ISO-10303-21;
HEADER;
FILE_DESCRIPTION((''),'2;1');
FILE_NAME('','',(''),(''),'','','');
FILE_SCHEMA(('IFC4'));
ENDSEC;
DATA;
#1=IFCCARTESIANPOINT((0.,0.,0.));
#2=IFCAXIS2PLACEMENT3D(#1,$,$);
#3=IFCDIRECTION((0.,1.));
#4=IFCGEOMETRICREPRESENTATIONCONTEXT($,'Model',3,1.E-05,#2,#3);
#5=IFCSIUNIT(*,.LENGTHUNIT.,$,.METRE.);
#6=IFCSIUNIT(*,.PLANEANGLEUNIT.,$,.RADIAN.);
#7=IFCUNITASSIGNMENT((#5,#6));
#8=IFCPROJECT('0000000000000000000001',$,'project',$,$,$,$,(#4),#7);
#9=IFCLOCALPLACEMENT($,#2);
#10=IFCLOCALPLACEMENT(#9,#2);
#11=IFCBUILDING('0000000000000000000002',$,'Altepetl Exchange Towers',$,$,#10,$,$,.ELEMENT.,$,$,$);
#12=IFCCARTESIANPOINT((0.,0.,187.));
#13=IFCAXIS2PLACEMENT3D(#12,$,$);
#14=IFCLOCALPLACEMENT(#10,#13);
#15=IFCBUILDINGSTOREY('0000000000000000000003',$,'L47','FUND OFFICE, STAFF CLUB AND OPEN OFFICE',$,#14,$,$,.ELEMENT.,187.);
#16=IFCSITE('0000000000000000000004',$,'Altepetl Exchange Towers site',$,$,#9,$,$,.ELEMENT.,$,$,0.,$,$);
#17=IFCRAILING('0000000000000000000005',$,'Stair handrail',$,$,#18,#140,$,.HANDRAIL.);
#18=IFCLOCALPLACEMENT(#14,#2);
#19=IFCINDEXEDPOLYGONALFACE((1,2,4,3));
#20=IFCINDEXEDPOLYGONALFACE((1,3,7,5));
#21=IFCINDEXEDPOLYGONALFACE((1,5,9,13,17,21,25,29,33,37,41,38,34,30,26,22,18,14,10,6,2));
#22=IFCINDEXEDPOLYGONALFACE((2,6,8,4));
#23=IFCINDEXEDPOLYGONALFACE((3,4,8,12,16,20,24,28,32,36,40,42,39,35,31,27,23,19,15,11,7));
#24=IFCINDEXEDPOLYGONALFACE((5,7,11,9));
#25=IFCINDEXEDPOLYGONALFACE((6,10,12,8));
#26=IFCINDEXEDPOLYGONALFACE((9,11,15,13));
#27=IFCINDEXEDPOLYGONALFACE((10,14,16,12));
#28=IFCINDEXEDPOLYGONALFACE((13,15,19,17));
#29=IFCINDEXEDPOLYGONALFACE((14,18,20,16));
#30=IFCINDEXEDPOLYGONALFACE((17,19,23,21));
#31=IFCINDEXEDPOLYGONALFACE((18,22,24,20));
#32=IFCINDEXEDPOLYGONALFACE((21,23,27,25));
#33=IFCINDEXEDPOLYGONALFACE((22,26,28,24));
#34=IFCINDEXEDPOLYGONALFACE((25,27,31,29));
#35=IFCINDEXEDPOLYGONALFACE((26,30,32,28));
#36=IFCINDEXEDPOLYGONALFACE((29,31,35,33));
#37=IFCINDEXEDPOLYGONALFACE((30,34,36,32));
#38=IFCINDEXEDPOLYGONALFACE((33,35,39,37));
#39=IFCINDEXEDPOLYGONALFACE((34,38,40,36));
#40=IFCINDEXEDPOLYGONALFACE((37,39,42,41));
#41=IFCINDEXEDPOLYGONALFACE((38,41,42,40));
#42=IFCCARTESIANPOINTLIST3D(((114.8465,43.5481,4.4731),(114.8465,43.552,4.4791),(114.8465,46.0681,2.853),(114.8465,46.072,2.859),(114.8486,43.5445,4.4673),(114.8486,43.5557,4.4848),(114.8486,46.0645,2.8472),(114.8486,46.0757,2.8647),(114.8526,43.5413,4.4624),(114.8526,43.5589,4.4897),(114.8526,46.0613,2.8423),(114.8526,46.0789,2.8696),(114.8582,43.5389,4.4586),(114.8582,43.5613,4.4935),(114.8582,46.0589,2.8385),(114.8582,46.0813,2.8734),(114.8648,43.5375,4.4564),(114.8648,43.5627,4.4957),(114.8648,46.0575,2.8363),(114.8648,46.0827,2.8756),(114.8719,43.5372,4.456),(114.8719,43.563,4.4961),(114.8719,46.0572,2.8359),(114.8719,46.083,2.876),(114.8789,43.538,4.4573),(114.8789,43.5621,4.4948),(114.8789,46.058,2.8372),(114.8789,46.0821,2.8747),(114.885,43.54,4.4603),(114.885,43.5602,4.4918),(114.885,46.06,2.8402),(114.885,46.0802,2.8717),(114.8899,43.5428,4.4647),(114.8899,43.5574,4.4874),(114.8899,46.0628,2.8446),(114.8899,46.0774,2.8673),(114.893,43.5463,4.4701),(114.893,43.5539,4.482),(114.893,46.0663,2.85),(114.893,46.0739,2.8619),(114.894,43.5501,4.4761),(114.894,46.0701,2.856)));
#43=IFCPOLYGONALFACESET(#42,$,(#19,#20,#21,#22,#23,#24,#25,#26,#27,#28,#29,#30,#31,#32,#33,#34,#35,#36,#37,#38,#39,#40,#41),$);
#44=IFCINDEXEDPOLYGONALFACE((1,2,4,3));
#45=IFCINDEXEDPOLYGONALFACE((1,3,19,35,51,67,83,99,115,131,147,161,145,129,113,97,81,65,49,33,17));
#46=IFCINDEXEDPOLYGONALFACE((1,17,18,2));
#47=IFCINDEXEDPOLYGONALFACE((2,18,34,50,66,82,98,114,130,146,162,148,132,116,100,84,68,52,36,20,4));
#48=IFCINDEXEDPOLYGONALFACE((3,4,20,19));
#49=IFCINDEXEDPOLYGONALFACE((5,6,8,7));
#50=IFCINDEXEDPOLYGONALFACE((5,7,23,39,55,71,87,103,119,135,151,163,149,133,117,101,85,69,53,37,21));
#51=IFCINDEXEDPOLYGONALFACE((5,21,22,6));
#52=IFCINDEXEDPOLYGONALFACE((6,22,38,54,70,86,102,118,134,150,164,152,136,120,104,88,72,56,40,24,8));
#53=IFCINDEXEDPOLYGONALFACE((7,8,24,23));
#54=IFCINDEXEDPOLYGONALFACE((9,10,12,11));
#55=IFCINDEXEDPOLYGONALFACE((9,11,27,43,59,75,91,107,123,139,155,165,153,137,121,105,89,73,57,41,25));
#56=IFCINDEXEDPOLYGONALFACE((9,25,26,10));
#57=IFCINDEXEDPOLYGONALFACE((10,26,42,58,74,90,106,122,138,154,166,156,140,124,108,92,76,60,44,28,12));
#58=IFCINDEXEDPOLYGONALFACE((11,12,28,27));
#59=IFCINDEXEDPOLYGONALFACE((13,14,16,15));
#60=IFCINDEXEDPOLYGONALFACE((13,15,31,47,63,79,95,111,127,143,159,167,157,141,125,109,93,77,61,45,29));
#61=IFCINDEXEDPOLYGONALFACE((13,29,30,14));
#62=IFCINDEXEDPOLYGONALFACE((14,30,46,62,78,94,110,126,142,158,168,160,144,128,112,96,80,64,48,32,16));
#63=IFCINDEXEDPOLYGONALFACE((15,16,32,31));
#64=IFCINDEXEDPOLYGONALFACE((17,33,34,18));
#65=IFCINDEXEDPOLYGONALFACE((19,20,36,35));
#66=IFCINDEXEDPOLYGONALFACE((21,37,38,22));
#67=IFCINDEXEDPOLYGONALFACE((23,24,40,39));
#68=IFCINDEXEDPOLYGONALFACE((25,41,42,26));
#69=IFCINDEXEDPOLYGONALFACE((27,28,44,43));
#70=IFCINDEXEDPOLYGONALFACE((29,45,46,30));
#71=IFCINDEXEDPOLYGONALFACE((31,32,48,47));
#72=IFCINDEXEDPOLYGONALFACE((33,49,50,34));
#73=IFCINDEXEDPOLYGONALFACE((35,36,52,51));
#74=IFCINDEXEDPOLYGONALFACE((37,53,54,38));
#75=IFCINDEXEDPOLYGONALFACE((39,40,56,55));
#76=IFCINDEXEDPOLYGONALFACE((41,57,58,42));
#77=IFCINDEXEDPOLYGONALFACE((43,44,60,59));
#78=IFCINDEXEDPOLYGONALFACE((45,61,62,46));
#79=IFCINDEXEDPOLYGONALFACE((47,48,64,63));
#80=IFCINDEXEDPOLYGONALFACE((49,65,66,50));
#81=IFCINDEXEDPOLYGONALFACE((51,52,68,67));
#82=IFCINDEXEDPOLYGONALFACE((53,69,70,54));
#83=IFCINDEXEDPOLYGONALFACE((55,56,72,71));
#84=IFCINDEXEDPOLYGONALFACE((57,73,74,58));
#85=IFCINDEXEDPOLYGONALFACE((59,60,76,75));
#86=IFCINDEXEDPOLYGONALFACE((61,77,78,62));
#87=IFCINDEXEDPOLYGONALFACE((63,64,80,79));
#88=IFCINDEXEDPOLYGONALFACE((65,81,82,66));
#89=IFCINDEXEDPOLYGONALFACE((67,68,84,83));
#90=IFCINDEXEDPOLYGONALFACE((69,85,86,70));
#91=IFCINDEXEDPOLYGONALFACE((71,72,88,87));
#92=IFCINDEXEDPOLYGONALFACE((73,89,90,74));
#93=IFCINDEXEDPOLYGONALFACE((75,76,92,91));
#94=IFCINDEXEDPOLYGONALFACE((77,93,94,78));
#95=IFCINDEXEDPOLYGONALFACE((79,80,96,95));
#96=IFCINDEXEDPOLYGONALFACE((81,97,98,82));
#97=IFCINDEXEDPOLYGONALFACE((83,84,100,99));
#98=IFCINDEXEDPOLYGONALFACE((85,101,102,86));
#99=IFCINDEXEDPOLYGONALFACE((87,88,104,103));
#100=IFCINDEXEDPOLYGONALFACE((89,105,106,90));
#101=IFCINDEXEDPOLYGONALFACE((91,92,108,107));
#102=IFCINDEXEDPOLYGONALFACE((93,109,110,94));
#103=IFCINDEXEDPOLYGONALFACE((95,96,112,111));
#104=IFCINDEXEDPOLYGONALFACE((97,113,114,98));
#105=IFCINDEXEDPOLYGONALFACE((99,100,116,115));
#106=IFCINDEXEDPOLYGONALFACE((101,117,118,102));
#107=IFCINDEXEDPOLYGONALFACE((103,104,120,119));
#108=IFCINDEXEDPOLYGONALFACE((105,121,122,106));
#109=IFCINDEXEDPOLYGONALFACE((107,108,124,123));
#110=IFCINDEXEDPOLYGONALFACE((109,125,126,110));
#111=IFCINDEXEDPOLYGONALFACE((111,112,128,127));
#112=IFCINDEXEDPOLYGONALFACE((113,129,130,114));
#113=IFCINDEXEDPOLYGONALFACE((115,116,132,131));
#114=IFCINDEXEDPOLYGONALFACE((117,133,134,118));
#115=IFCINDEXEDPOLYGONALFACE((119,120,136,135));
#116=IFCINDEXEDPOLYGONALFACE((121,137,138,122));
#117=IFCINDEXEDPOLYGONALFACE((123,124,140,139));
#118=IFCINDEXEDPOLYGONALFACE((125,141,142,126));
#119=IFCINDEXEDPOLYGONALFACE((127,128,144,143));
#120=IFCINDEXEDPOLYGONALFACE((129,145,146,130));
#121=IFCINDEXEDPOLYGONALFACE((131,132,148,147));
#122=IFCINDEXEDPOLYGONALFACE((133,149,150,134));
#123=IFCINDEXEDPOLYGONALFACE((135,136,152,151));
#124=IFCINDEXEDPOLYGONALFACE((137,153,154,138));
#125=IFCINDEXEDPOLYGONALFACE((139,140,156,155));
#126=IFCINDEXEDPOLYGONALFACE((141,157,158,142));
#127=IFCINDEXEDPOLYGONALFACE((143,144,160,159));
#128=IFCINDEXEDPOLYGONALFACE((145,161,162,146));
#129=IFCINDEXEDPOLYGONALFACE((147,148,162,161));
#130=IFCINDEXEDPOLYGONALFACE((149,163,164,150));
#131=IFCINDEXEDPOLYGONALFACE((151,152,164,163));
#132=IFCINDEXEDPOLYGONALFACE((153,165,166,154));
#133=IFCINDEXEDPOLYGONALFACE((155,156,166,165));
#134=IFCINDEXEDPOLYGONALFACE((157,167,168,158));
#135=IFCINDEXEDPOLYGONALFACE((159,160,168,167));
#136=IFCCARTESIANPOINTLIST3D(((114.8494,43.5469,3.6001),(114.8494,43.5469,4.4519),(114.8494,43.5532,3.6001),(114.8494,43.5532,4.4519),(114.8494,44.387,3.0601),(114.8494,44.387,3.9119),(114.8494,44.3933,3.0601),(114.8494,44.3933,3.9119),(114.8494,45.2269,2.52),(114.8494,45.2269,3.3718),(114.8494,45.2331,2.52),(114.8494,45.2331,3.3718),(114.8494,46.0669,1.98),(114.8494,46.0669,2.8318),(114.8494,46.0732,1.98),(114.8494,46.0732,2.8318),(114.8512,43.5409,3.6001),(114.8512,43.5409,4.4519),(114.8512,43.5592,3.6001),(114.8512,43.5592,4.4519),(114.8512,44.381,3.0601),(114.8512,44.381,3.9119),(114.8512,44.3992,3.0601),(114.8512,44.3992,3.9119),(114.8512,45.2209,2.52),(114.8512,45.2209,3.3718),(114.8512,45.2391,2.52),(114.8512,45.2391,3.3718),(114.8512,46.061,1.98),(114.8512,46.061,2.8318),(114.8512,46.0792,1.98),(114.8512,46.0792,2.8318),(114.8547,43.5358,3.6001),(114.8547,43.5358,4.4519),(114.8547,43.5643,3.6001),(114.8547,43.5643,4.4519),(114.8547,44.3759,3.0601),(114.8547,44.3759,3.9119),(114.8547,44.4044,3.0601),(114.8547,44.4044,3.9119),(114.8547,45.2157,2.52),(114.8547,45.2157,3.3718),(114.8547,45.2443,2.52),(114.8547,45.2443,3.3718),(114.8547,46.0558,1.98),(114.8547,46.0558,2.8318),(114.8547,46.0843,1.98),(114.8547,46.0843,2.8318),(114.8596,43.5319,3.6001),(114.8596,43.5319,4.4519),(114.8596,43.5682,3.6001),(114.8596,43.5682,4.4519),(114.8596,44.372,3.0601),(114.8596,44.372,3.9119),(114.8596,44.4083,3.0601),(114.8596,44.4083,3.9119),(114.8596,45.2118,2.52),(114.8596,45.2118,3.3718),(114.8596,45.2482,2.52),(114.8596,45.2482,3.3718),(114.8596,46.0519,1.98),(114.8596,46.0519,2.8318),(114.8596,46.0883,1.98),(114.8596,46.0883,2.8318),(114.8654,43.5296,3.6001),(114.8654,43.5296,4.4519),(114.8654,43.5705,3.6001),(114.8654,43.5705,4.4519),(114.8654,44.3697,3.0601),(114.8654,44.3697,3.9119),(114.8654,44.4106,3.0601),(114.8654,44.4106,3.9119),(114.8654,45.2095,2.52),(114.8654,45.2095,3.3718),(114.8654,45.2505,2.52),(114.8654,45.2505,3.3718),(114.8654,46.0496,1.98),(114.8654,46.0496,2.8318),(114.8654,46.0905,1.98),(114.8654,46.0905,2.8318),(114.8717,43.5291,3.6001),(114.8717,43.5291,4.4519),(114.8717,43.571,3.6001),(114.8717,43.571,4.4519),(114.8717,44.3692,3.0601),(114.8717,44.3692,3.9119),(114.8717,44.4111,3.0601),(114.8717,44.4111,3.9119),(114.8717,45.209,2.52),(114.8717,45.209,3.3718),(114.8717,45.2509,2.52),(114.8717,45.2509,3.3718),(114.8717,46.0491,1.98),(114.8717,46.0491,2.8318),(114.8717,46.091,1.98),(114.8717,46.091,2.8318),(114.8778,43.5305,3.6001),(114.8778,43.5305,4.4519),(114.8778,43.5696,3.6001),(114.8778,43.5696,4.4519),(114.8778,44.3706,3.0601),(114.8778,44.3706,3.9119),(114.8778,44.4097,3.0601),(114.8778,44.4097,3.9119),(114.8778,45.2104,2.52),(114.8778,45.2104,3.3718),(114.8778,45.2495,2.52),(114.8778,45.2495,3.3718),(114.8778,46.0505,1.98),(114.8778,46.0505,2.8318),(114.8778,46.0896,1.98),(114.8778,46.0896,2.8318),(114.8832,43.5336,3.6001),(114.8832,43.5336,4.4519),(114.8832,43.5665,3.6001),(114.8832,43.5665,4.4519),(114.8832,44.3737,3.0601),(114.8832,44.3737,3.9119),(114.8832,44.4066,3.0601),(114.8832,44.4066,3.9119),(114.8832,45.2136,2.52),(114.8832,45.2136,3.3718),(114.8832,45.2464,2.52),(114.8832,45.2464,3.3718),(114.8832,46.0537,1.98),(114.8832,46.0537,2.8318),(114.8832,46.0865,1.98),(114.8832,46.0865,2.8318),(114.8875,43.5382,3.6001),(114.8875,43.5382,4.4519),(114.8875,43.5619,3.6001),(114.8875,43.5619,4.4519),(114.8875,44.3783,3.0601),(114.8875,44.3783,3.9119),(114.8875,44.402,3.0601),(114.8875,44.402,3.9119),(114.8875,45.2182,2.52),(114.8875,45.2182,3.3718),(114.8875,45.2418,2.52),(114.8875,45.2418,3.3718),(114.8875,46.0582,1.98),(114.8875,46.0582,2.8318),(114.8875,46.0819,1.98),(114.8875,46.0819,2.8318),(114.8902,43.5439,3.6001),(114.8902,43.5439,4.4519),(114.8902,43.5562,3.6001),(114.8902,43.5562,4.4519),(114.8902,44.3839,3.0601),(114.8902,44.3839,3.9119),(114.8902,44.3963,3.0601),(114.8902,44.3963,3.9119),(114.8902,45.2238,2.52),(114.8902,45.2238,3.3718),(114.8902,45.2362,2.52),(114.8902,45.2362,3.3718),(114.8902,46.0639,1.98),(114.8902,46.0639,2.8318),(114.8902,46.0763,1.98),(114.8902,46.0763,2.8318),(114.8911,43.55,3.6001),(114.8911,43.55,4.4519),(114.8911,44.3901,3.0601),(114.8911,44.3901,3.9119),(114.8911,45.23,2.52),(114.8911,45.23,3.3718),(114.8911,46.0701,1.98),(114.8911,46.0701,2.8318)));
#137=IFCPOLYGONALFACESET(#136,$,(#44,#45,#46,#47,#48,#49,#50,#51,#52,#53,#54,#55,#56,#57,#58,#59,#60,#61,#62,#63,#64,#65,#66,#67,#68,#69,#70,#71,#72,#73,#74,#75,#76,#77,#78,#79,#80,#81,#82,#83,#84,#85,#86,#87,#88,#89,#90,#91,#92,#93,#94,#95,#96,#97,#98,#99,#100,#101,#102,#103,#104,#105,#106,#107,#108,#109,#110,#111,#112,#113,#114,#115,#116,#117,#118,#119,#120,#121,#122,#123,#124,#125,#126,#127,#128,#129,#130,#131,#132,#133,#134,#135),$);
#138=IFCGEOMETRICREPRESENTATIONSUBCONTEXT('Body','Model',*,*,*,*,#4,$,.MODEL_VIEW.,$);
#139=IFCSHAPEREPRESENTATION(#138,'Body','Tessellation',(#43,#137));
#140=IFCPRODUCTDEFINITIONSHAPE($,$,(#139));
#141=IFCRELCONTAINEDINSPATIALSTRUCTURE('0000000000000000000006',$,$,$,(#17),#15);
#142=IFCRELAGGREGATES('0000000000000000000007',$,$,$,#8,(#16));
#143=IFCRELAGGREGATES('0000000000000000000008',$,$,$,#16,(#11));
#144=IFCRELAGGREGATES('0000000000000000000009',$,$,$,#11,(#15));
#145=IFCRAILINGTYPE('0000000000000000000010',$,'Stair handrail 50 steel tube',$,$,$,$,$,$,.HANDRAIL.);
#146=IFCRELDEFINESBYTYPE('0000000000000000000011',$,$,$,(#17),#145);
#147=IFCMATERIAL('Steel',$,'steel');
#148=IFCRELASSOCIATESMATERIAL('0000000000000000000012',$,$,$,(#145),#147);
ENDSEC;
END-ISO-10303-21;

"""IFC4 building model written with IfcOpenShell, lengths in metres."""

from ifc_helpers import new_model, si_unit, direction, frame, origin, origin_2d, place, context, subcontext, project, spatial, circle, extrude, source, transform, mapped, material, type_object, element, save


model = new_model("IFC4")

# Units and contexts
model_context = context("Model", 3, precision=1e-05, world=origin(), true_north=direction((0.0, 1.0)))
body_context = subcontext(model_context, "Body", "Model", "MODEL_VIEW")
ifc_project = project(units=[si_unit("LENGTHUNIT", "METRE"), si_unit("PLANEANGLEUNIT", "RADIAN")], contexts=[model_context])

# Site, building, storey
site_placement = place(None, origin())
site = spatial("IfcSite", under=ifc_project, at=site_placement, Name="Altepetl Exchange Towers site", CompositionType="ELEMENT", RefElevation=0.0)
building_placement = place(site_placement, origin())
building = spatial("IfcBuilding", under=site, at=building_placement, Name="Altepetl Exchange Towers", CompositionType="ELEMENT")
storey_placement = place(building_placement, frame((0.0, 0.0, 187.0)))
storey = spatial("IfcBuildingStorey", under=building, at=storey_placement, Name="L47", Description="FUND OFFICE, STAFF CLUB AND OPEN OFFICE", CompositionType="ELEMENT", Elevation=187.0)

# Railing
ifc_material_1 = material(Name="Steel", Category="steel")
railing_type = type_object("IfcRailingType", Name="Stair handrail 50 steel tube", PredefinedType="HANDRAIL", material=ifc_material_1)
shared_shape = source(origin(), body_context, "Body", "SweptSolid", [
    extrude(circle(Radius=0.021, at=origin_2d()), origin(), (0.0, 0.0, 1.0), 0.8518),
])
railing_1_placement = place(storey_placement, frame((114.8701, 46.0701, 1.98)))
element("IfcRailing", 1, at=railing_1_placement, inside=storey, type_object=railing_type, Name="Stair handrail", PredefinedType="HANDRAIL", context=body_context, shape_type="SweptSolid", body=[
    extrude(circle(Radius=0.0239, at=origin_2d()), frame((0.0, 0.0, 0.876), z_axis=(0.0, -0.841163, 0.540782), x_axis=(1.0, 0.0, 0.0)), (0.0, 0.0, 1.0), 2.9958),
    mapped(shared_shape, transform((0.0, 0.0, 0.0))),
    mapped(shared_shape, transform((0.0, -0.8401, 0.54))),
    mapped(shared_shape, transform((0.0, -1.6799, 1.0801))),
    mapped(shared_shape, transform((0.0, -2.52, 1.6201))),
])

save(model, "model.ifc")
